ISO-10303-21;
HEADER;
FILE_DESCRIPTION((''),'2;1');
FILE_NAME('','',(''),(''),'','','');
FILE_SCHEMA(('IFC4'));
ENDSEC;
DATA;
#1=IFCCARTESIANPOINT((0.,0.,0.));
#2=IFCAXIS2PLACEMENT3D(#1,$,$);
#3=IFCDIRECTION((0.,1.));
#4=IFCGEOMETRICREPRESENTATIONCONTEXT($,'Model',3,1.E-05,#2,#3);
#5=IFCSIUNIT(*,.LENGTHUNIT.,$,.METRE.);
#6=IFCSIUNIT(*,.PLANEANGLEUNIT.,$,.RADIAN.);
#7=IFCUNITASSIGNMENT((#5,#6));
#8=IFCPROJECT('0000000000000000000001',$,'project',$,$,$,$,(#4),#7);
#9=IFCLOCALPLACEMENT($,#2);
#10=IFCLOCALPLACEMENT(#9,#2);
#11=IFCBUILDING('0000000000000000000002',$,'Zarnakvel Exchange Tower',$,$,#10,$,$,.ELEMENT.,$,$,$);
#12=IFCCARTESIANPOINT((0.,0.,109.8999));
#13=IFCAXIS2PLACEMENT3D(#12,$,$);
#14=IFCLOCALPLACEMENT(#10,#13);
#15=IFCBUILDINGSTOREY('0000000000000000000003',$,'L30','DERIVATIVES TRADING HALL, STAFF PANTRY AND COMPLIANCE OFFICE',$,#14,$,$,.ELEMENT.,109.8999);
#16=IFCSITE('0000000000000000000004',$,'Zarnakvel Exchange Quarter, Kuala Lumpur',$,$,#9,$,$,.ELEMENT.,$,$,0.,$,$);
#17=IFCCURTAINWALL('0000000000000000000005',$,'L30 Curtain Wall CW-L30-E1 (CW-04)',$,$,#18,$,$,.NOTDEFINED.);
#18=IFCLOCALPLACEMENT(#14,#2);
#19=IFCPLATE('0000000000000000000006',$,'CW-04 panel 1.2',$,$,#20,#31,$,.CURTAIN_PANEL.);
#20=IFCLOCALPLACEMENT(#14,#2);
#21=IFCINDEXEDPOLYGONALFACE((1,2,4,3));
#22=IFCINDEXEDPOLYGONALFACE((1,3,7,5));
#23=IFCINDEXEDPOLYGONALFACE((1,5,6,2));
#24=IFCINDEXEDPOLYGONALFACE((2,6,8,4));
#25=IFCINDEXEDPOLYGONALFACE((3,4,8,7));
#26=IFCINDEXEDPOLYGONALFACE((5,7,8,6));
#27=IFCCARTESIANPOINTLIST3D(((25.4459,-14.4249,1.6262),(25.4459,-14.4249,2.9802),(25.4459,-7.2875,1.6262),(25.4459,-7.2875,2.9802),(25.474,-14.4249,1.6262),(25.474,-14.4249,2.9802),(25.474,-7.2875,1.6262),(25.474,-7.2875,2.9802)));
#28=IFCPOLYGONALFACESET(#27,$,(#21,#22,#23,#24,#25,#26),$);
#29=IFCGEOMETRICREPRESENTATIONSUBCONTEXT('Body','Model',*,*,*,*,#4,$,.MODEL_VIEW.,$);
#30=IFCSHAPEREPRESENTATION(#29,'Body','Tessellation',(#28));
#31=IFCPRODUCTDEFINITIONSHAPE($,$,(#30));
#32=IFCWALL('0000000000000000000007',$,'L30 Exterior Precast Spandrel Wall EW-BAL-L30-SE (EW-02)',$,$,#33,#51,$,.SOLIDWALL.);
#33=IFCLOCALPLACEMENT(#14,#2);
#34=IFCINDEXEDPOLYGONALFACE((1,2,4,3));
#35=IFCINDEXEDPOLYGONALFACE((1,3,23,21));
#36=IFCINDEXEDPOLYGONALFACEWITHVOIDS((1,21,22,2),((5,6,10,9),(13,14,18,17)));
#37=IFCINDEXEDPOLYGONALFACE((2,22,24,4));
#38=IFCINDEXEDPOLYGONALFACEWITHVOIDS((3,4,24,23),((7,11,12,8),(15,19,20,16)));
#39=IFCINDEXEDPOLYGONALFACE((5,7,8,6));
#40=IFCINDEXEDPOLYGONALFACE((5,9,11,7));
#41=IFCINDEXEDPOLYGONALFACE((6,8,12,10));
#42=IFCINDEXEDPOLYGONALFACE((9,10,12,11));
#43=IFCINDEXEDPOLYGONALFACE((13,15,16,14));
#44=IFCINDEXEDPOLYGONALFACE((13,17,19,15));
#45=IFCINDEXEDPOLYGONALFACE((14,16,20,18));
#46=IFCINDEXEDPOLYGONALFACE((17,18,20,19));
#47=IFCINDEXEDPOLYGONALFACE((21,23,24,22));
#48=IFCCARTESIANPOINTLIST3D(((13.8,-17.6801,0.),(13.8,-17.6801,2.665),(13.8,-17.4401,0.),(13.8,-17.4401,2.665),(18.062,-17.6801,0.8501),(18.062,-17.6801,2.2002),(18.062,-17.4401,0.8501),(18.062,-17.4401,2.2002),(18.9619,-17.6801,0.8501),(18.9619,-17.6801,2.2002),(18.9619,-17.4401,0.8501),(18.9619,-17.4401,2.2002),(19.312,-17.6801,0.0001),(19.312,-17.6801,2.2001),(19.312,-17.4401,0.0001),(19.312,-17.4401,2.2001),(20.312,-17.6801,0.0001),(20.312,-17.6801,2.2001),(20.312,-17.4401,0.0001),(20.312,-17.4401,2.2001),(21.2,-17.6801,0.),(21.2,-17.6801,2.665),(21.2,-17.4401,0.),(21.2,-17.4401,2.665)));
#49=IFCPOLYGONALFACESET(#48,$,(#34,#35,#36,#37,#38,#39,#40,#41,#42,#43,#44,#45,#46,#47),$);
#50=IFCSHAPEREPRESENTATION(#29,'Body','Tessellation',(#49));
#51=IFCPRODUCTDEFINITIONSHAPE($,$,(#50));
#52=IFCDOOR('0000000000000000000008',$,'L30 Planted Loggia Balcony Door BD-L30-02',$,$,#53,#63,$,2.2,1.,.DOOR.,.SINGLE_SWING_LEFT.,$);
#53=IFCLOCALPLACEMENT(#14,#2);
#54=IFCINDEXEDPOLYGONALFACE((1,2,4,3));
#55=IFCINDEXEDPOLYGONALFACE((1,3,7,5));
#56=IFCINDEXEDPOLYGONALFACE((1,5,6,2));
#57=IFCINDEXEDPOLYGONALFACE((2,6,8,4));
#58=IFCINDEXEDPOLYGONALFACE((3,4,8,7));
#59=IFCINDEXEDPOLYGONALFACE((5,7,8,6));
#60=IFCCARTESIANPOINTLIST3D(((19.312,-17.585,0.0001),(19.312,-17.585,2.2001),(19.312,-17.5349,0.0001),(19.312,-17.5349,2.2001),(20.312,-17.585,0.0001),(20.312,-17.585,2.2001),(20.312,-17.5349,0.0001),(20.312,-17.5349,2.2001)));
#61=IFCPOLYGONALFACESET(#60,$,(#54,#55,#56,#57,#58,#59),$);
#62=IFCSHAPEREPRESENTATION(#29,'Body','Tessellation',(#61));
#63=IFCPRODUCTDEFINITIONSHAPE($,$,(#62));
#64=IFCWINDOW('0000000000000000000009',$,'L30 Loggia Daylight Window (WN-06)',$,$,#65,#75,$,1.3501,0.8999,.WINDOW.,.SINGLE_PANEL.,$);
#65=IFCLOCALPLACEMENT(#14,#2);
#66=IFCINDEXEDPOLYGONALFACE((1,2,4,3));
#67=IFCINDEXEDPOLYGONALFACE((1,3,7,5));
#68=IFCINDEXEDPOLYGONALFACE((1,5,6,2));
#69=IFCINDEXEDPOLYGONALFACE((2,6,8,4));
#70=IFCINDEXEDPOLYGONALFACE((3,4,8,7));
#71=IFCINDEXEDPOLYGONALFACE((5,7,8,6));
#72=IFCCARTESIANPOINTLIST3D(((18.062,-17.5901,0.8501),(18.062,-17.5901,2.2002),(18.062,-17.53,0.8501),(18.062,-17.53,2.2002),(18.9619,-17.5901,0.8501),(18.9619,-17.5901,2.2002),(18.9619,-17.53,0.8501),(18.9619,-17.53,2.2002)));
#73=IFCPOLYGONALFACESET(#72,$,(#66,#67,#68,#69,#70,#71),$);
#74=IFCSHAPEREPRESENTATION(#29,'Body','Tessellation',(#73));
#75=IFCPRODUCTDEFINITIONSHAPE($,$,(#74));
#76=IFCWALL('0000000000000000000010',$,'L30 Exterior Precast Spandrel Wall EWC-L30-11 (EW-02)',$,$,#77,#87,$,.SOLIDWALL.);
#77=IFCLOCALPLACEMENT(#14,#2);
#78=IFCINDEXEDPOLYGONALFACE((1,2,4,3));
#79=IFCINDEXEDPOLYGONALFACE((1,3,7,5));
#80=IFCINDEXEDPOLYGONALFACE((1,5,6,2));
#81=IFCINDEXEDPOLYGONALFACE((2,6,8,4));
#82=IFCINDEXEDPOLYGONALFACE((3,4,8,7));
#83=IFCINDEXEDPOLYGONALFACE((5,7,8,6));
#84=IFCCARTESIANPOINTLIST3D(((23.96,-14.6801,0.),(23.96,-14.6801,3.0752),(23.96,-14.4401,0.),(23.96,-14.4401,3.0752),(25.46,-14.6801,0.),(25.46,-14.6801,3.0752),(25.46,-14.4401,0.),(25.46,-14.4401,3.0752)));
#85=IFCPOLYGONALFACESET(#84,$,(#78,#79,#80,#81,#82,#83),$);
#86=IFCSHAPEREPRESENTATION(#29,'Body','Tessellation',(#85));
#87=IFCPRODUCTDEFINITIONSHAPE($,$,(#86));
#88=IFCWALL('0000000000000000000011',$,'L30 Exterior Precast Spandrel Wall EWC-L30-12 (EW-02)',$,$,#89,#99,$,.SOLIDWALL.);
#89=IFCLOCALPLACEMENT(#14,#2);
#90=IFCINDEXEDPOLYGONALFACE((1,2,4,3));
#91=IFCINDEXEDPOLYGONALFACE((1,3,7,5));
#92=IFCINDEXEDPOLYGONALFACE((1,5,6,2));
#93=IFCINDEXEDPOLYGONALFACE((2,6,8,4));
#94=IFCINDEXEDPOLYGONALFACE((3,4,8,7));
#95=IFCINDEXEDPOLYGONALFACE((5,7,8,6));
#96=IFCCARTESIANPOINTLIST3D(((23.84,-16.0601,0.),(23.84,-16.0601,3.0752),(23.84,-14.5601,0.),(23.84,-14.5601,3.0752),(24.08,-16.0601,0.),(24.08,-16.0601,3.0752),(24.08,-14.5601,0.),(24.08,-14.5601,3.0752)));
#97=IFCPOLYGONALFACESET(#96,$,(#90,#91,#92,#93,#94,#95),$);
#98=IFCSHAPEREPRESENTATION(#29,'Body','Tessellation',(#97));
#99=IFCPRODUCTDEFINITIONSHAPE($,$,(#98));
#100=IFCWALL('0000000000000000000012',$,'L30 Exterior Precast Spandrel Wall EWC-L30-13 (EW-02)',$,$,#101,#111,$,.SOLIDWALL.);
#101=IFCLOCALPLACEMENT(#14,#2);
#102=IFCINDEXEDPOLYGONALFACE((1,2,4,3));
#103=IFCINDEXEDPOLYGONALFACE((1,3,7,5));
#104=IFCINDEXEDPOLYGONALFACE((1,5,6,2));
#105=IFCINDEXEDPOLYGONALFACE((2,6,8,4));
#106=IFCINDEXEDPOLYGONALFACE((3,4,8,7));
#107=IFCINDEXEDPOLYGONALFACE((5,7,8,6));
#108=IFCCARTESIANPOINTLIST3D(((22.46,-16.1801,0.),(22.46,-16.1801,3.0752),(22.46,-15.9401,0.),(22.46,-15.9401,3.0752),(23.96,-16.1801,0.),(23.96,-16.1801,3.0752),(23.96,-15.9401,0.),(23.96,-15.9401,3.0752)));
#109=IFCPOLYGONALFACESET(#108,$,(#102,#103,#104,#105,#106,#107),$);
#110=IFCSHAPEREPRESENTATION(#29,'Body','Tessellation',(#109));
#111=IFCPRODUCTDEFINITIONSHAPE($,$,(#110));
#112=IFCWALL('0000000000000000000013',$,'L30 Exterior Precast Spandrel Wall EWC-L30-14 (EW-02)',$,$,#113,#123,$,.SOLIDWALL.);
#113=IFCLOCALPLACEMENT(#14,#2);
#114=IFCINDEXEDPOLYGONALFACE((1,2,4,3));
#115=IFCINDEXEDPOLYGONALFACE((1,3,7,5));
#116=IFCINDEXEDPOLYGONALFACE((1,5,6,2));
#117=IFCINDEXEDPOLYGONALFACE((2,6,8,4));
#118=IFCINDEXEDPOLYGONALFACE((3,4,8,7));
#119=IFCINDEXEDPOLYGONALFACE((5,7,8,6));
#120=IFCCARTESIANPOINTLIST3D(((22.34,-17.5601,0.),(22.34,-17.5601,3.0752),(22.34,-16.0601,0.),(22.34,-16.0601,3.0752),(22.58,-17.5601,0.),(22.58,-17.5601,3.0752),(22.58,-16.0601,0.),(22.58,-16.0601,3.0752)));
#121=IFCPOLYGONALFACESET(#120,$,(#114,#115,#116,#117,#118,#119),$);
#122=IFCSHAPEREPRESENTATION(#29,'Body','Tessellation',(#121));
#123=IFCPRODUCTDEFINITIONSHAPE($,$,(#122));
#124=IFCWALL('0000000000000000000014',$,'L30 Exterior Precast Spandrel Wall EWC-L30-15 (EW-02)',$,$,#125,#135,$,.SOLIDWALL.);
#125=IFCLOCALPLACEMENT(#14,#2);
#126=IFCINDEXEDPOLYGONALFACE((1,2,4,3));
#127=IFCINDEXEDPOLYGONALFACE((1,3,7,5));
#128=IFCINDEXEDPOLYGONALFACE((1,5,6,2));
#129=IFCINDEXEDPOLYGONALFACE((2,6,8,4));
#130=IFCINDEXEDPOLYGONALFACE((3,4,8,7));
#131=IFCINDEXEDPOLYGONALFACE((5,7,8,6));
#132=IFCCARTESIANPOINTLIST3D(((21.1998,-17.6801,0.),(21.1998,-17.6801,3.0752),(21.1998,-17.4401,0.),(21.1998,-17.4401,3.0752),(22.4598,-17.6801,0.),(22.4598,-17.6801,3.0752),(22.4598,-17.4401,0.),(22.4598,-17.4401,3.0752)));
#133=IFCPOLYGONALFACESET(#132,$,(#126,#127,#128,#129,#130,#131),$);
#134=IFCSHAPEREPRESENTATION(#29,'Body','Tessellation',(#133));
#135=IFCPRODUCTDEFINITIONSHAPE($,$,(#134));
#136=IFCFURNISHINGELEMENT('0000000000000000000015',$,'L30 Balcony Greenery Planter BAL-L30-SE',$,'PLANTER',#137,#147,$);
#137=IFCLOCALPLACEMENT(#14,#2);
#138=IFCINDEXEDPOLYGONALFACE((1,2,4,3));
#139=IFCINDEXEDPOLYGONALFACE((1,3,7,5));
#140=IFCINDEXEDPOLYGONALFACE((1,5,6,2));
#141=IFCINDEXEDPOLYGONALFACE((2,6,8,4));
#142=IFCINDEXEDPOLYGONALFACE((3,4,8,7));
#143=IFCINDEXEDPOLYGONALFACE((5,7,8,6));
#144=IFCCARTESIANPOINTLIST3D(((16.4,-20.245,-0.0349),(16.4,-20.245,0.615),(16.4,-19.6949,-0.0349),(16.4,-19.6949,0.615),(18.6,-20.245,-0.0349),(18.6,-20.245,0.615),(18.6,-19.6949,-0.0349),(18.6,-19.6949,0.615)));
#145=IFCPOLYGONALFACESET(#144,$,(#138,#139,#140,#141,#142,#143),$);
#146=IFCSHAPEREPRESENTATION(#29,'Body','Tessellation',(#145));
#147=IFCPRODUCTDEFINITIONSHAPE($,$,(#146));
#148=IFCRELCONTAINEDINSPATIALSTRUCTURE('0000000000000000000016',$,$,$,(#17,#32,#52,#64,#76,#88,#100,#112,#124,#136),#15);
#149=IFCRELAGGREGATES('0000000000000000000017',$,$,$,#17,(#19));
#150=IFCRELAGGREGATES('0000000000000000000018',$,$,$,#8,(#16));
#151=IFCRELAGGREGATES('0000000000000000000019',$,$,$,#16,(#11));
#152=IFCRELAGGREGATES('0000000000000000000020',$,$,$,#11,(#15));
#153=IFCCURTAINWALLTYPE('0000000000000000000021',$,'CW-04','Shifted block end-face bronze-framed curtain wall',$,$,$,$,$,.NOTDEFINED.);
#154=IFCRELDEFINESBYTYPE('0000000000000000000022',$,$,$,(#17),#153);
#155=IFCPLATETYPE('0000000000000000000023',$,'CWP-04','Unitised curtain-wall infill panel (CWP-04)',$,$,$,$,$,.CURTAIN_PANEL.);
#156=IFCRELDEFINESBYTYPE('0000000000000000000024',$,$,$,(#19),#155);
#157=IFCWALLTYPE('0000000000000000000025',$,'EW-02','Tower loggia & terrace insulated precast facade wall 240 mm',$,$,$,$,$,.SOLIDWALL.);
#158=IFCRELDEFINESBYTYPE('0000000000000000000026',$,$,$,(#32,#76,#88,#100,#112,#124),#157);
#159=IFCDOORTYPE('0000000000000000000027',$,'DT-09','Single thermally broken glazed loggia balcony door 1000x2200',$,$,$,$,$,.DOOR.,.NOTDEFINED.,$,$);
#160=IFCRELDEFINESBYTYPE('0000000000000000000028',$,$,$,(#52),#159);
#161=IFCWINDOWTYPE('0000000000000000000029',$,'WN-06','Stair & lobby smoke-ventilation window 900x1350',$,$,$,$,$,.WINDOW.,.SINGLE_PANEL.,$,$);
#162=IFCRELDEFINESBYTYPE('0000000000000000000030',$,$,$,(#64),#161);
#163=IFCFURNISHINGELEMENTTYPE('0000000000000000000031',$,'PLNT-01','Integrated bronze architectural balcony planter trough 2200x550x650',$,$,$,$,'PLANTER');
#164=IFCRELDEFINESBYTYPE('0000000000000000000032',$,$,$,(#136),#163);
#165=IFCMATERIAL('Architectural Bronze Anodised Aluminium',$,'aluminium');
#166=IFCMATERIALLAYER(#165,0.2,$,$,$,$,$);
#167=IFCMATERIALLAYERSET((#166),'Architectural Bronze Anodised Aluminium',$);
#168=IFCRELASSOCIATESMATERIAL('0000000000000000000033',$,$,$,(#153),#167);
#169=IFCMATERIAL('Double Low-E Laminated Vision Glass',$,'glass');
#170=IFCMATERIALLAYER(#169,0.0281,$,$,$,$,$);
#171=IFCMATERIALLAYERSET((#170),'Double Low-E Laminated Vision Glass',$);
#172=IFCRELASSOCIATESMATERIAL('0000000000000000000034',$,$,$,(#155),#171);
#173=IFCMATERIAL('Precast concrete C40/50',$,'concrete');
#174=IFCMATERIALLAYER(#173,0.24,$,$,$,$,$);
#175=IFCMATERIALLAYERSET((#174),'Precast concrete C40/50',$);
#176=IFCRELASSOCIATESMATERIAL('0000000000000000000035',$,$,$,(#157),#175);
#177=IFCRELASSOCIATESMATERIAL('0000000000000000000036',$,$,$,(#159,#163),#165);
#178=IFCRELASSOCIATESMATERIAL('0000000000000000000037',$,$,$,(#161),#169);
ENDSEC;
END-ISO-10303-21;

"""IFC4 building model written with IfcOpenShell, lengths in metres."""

from ifc_helpers import new_model, si_unit, direction, frame, frame_2d, origin, origin_2d, place, context, subcontext, project, spatial, rectangle, extrude, source, transform, mapped, material, layer, layer_set, type_object, element, fill, aggregate, save


model = new_model("IFC4")

# Units and contexts
model_context = context("Model", 3, precision=1e-05, world=origin(), true_north=direction((0.0, 1.0)))
body_context = subcontext(model_context, "Body", "Model", "MODEL_VIEW")
ifc_project = project(units=[si_unit("LENGTHUNIT", "METRE"), si_unit("PLANEANGLEUNIT", "RADIAN")], contexts=[model_context])

# Site, building, storey
site_placement = place(None, origin())
site = spatial("IfcSite", under=ifc_project, at=site_placement, Name="Zarnakvel Exchange Quarter, Kuala Lumpur", CompositionType="ELEMENT", RefElevation=0.0)
building_placement = place(site_placement, origin())
building = spatial("IfcBuilding", under=site, at=building_placement, Name="Zarnakvel Exchange Tower", CompositionType="ELEMENT")
storey_placement = place(building_placement, frame((0.0, 0.0, 109.8999)))
storey = spatial("IfcBuildingStorey", under=building, at=storey_placement, Name="L30", Description="DERIVATIVES TRADING HALL, STAFF PANTRY AND COMPLIANCE OFFICE", CompositionType="ELEMENT", Elevation=109.8999)

# Curtain wall, plate
ifc_material_1 = material(Name="Architectural Bronze Anodised Aluminium", Category="aluminium")
ifc_layer_1 = layer(ifc_material_1, 0.2)
ifc_layer_set_1 = layer_set([ifc_layer_1], Name="Architectural Bronze Anodised Aluminium")
curtain_wall_type = type_object("IfcCurtainWallType", Name="CW-04", Description="Shifted block end-face bronze-framed curtain wall", PredefinedType="NOTDEFINED", material=ifc_layer_set_1)
curtain_wall_placement = place(storey_placement, origin())
curtain_wall = element("IfcCurtainWall", 1, at=curtain_wall_placement, inside=storey, type_object=curtain_wall_type, Name="L30 Curtain Wall CW-L30-E1 (CW-04)", PredefinedType="NOTDEFINED")
ifc_material_2 = material(Name="Double Low-E Laminated Vision Glass", Category="glass")
ifc_layer_2 = layer(ifc_material_2, 0.0281)
ifc_layer_set_2 = layer_set([ifc_layer_2], Name="Double Low-E Laminated Vision Glass")
plate_type = type_object("IfcPlateType", Name="CWP-04", Description="Unitised curtain-wall infill panel (CWP-04)", PredefinedType="CURTAIN_PANEL", material=ifc_layer_set_2)
shared_shape_1 = source(origin(), body_context, "Body", "SweptSolid", [
    extrude(rectangle(XDim=7.1375, YDim=0.0281, at=origin_2d()), origin(), (0.0, 0.0, 1.0), 1.354),
])
plate_1_placement = place(storey_placement, frame((25.46, -10.8562, 1.6262), z_axis=(0.0, 0.0, 1.0), x_axis=(0.0, 1.0, 0.0)))
plate_1 = element("IfcPlate", 2, at=plate_1_placement, type_object=plate_type, Name="CW-04 panel 1.2", PredefinedType="CURTAIN_PANEL", context=body_context, shape_type="MappedRepresentation", body=[
    mapped(shared_shape_1, transform((0.0, 0.0, 0.0), x_axis=(1.0, 0.0, 0.0), y_axis=(0.0, 1.0, 0.0), z_axis=(0.0, 0.0, 1.0), scale=1.0)),
])
aggregate(curtain_wall, [plate_1])

# Wall, openings, door, window
ifc_material_3 = material(Name="Precast concrete C40/50", Category="concrete")
ifc_layer_3 = layer(ifc_material_3, 0.24)
ifc_layer_set_3 = layer_set([ifc_layer_3], Name="Precast concrete C40/50")
wall_type = type_object("IfcWallType", Name="EW-02", Description="Tower loggia & terrace insulated precast facade wall 240 mm", PredefinedType="SOLIDWALL", material=ifc_layer_set_3)
wall_1_placement = place(storey_placement, frame((21.2, -17.5601, 0.0), z_axis=(0.0, 0.0, 1.0), x_axis=(-1.0, 0.0, 0.0)))
wall_1 = element("IfcWall", 3, at=wall_1_placement, inside=storey, type_object=wall_type, Name="L30 Exterior Precast Spandrel Wall EW-BAL-L30-SE (EW-02)", PredefinedType="SOLIDWALL", context=body_context, shape_type="SweptSolid", body=[
    extrude(rectangle(XDim=7.3999, YDim=0.24, at=frame_2d((3.7, 0.0))), origin(), (0.0, 0.0, 1.0), 2.665),
])
opening_1_placement = place(wall_1_placement, frame((0.8879, 0.0, 0.0)))
opening_1 = element("IfcOpeningElement", 4, at=opening_1_placement, cuts=wall_1, PredefinedType="OPENING", context=body_context, shape_type="SweptSolid", body=[
    extrude(rectangle(XDim=1.0, YDim=2.2, at=frame_2d((0.5, 1.1001))), frame((0.0, 0.1299, 0.0), z_axis=(0.0, -1.0, 0.0), x_axis=(1.0, 0.0, 0.0)), (0.0, 0.0, 1.0), 0.26),
])
opening_2_placement = place(wall_1_placement, frame((2.238, 0.0, 0.8501)))
opening_2 = element("IfcOpeningElement", 5, at=opening_2_placement, cuts=wall_1, PredefinedType="OPENING", context=body_context, shape_type="SweptSolid", body=[
    extrude(rectangle(XDim=0.8999, YDim=1.3501, at=frame_2d((0.45, 0.675))), frame((0.0, 0.1299, 0.0), z_axis=(0.0, -1.0, 0.0), x_axis=(1.0, 0.0, 0.0)), (0.0, 0.0, 1.0), 0.26),
])
door_type = type_object("IfcDoorType", Name="DT-09", Description="Single thermally broken glazed loggia balcony door 1000x2200", OperationType="NOTDEFINED", PredefinedType="DOOR", material=ifc_material_1)
shared_shape_2 = source(origin(), body_context, "Body", "SweptSolid", [
    extrude(rectangle(XDim=1.0, YDim=2.2, at=frame_2d((0.5, 1.1001))), frame((0.0, 0.0249, 0.0), z_axis=(0.0, -1.0, 0.0), x_axis=(1.0, 0.0, 0.0)), (0.0, 0.0, 1.0), 0.05),
])
door_placement = place(opening_1_placement, origin())
door = element("IfcDoor", 6, at=door_placement, inside=storey, type_object=door_type, Name="L30 Planted Loggia Balcony Door BD-L30-02", OperationType="SINGLE_SWING_LEFT", OverallHeight=2.2, OverallWidth=1.0, PredefinedType="DOOR", context=body_context, shape_type="MappedRepresentation", body=[
    mapped(shared_shape_2, transform((0.0, 0.0, 0.0), x_axis=(1.0, 0.0, 0.0), y_axis=(0.0, 1.0, 0.0), z_axis=(0.0, 0.0, 1.0), scale=1.0)),
])
fill(opening_1, door)
window_type = type_object("IfcWindowType", Name="WN-06", Description="Stair & lobby smoke-ventilation window 900x1350", PartitioningType="SINGLE_PANEL", PredefinedType="WINDOW", material=ifc_material_2)
shared_shape_3 = source(origin(), body_context, "Body", "SweptSolid", [
    extrude(rectangle(XDim=0.8999, YDim=1.3501, at=frame_2d((0.45, 0.675))), frame((0.0, 0.03, 0.0), z_axis=(0.0, -1.0, 0.0), x_axis=(1.0, 0.0, 0.0)), (0.0, 0.0, 1.0), 0.0601),
])
window_placement = place(opening_2_placement, origin())
window = element("IfcWindow", 7, at=window_placement, inside=storey, type_object=window_type, Name="L30 Loggia Daylight Window (WN-06)", OverallHeight=1.3501, OverallWidth=0.8999, PartitioningType="SINGLE_PANEL", PredefinedType="WINDOW", context=body_context, shape_type="MappedRepresentation", body=[
    mapped(shared_shape_3, transform((0.0, 0.0, 0.0), x_axis=(1.0, 0.0, 0.0), y_axis=(0.0, 1.0, 0.0), z_axis=(0.0, 0.0, 1.0), scale=1.0)),
])
fill(opening_2, window)

# Walls
for number, where, z_axis, x_axis, name in (
    (8, (23.96, -14.5601, 0.0), (0.0, 0.0, 1.0), (1.0, 0.0, 0.0), "L30 Exterior Precast Spandrel Wall EWC-L30-11 (EW-02)"),
    (9, (23.96, -16.0601, 0.0), (0.0, 0.0, 1.0), (0.0, 1.0, 0.0), "L30 Exterior Precast Spandrel Wall EWC-L30-12 (EW-02)"),
    (10, (22.46, -16.0601, 0.0), (0.0, 0.0, 1.0), (1.0, 0.0, 0.0), "L30 Exterior Precast Spandrel Wall EWC-L30-13 (EW-02)"),
    (11, (22.46, -17.5601, 0.0), (0.0, 0.0, 1.0), (0.0, 1.0, 0.0), "L30 Exterior Precast Spandrel Wall EWC-L30-14 (EW-02)"),
):
    element("IfcWall", number, at=place(storey_placement, frame(where, z_axis=z_axis, x_axis=x_axis)), inside=storey, type_object=wall_type, Name=name, PredefinedType="SOLIDWALL", context=body_context, shape_type="SweptSolid", body=[
        extrude(rectangle(XDim=1.5, YDim=0.24, at=frame_2d((0.75, 0.0))), origin(), (0.0, 0.0, 1.0), 3.0752),
    ])
wall_2_placement = place(storey_placement, frame((21.2, -17.5601, 0.0), z_axis=(0.0, 0.0, 1.0), x_axis=(1.0, 0.0, 0.0)))
element("IfcWall", 12, at=wall_2_placement, inside=storey, type_object=wall_type, Name="L30 Exterior Precast Spandrel Wall EWC-L30-15 (EW-02)", PredefinedType="SOLIDWALL", context=body_context, shape_type="SweptSolid", body=[
    extrude(rectangle(XDim=1.26, YDim=0.24, at=frame_2d((0.6299, 0.0))), origin(), (0.0, 0.0, 1.0), 3.0752),
])

# Furnishing element
furnishing_element_type = type_object("IfcFurnishingElementType", Name="PLNT-01", Description="Integrated bronze architectural balcony planter trough 2200x550x650", ElementType="PLANTER", material=ifc_material_1)
shared_shape_4 = source(origin(), body_context, "Body", "SweptSolid", [
    extrude(rectangle(XDim=2.2, YDim=0.55, at=origin_2d()), origin(), (0.0, 0.0, 1.0), 0.6499),
])
furnishing_placement = place(storey_placement, frame((17.5, -19.97, -0.0349), z_axis=(0.0, 0.0, 1.0), x_axis=(1.0, 0.0, 0.0)))
element("IfcFurnishingElement", 13, at=furnishing_placement, inside=storey, type_object=furnishing_element_type, Name="L30 Balcony Greenery Planter BAL-L30-SE", ObjectType="PLANTER", context=body_context, shape_type="MappedRepresentation", body=[
    mapped(shared_shape_4, transform((0.0, 0.0, 0.0), x_axis=(1.0, 0.0, 0.0), y_axis=(0.0, 1.0, 0.0), z_axis=(0.0, 0.0, 1.0), scale=1.0)),
])

save(model, "model.ifc")
